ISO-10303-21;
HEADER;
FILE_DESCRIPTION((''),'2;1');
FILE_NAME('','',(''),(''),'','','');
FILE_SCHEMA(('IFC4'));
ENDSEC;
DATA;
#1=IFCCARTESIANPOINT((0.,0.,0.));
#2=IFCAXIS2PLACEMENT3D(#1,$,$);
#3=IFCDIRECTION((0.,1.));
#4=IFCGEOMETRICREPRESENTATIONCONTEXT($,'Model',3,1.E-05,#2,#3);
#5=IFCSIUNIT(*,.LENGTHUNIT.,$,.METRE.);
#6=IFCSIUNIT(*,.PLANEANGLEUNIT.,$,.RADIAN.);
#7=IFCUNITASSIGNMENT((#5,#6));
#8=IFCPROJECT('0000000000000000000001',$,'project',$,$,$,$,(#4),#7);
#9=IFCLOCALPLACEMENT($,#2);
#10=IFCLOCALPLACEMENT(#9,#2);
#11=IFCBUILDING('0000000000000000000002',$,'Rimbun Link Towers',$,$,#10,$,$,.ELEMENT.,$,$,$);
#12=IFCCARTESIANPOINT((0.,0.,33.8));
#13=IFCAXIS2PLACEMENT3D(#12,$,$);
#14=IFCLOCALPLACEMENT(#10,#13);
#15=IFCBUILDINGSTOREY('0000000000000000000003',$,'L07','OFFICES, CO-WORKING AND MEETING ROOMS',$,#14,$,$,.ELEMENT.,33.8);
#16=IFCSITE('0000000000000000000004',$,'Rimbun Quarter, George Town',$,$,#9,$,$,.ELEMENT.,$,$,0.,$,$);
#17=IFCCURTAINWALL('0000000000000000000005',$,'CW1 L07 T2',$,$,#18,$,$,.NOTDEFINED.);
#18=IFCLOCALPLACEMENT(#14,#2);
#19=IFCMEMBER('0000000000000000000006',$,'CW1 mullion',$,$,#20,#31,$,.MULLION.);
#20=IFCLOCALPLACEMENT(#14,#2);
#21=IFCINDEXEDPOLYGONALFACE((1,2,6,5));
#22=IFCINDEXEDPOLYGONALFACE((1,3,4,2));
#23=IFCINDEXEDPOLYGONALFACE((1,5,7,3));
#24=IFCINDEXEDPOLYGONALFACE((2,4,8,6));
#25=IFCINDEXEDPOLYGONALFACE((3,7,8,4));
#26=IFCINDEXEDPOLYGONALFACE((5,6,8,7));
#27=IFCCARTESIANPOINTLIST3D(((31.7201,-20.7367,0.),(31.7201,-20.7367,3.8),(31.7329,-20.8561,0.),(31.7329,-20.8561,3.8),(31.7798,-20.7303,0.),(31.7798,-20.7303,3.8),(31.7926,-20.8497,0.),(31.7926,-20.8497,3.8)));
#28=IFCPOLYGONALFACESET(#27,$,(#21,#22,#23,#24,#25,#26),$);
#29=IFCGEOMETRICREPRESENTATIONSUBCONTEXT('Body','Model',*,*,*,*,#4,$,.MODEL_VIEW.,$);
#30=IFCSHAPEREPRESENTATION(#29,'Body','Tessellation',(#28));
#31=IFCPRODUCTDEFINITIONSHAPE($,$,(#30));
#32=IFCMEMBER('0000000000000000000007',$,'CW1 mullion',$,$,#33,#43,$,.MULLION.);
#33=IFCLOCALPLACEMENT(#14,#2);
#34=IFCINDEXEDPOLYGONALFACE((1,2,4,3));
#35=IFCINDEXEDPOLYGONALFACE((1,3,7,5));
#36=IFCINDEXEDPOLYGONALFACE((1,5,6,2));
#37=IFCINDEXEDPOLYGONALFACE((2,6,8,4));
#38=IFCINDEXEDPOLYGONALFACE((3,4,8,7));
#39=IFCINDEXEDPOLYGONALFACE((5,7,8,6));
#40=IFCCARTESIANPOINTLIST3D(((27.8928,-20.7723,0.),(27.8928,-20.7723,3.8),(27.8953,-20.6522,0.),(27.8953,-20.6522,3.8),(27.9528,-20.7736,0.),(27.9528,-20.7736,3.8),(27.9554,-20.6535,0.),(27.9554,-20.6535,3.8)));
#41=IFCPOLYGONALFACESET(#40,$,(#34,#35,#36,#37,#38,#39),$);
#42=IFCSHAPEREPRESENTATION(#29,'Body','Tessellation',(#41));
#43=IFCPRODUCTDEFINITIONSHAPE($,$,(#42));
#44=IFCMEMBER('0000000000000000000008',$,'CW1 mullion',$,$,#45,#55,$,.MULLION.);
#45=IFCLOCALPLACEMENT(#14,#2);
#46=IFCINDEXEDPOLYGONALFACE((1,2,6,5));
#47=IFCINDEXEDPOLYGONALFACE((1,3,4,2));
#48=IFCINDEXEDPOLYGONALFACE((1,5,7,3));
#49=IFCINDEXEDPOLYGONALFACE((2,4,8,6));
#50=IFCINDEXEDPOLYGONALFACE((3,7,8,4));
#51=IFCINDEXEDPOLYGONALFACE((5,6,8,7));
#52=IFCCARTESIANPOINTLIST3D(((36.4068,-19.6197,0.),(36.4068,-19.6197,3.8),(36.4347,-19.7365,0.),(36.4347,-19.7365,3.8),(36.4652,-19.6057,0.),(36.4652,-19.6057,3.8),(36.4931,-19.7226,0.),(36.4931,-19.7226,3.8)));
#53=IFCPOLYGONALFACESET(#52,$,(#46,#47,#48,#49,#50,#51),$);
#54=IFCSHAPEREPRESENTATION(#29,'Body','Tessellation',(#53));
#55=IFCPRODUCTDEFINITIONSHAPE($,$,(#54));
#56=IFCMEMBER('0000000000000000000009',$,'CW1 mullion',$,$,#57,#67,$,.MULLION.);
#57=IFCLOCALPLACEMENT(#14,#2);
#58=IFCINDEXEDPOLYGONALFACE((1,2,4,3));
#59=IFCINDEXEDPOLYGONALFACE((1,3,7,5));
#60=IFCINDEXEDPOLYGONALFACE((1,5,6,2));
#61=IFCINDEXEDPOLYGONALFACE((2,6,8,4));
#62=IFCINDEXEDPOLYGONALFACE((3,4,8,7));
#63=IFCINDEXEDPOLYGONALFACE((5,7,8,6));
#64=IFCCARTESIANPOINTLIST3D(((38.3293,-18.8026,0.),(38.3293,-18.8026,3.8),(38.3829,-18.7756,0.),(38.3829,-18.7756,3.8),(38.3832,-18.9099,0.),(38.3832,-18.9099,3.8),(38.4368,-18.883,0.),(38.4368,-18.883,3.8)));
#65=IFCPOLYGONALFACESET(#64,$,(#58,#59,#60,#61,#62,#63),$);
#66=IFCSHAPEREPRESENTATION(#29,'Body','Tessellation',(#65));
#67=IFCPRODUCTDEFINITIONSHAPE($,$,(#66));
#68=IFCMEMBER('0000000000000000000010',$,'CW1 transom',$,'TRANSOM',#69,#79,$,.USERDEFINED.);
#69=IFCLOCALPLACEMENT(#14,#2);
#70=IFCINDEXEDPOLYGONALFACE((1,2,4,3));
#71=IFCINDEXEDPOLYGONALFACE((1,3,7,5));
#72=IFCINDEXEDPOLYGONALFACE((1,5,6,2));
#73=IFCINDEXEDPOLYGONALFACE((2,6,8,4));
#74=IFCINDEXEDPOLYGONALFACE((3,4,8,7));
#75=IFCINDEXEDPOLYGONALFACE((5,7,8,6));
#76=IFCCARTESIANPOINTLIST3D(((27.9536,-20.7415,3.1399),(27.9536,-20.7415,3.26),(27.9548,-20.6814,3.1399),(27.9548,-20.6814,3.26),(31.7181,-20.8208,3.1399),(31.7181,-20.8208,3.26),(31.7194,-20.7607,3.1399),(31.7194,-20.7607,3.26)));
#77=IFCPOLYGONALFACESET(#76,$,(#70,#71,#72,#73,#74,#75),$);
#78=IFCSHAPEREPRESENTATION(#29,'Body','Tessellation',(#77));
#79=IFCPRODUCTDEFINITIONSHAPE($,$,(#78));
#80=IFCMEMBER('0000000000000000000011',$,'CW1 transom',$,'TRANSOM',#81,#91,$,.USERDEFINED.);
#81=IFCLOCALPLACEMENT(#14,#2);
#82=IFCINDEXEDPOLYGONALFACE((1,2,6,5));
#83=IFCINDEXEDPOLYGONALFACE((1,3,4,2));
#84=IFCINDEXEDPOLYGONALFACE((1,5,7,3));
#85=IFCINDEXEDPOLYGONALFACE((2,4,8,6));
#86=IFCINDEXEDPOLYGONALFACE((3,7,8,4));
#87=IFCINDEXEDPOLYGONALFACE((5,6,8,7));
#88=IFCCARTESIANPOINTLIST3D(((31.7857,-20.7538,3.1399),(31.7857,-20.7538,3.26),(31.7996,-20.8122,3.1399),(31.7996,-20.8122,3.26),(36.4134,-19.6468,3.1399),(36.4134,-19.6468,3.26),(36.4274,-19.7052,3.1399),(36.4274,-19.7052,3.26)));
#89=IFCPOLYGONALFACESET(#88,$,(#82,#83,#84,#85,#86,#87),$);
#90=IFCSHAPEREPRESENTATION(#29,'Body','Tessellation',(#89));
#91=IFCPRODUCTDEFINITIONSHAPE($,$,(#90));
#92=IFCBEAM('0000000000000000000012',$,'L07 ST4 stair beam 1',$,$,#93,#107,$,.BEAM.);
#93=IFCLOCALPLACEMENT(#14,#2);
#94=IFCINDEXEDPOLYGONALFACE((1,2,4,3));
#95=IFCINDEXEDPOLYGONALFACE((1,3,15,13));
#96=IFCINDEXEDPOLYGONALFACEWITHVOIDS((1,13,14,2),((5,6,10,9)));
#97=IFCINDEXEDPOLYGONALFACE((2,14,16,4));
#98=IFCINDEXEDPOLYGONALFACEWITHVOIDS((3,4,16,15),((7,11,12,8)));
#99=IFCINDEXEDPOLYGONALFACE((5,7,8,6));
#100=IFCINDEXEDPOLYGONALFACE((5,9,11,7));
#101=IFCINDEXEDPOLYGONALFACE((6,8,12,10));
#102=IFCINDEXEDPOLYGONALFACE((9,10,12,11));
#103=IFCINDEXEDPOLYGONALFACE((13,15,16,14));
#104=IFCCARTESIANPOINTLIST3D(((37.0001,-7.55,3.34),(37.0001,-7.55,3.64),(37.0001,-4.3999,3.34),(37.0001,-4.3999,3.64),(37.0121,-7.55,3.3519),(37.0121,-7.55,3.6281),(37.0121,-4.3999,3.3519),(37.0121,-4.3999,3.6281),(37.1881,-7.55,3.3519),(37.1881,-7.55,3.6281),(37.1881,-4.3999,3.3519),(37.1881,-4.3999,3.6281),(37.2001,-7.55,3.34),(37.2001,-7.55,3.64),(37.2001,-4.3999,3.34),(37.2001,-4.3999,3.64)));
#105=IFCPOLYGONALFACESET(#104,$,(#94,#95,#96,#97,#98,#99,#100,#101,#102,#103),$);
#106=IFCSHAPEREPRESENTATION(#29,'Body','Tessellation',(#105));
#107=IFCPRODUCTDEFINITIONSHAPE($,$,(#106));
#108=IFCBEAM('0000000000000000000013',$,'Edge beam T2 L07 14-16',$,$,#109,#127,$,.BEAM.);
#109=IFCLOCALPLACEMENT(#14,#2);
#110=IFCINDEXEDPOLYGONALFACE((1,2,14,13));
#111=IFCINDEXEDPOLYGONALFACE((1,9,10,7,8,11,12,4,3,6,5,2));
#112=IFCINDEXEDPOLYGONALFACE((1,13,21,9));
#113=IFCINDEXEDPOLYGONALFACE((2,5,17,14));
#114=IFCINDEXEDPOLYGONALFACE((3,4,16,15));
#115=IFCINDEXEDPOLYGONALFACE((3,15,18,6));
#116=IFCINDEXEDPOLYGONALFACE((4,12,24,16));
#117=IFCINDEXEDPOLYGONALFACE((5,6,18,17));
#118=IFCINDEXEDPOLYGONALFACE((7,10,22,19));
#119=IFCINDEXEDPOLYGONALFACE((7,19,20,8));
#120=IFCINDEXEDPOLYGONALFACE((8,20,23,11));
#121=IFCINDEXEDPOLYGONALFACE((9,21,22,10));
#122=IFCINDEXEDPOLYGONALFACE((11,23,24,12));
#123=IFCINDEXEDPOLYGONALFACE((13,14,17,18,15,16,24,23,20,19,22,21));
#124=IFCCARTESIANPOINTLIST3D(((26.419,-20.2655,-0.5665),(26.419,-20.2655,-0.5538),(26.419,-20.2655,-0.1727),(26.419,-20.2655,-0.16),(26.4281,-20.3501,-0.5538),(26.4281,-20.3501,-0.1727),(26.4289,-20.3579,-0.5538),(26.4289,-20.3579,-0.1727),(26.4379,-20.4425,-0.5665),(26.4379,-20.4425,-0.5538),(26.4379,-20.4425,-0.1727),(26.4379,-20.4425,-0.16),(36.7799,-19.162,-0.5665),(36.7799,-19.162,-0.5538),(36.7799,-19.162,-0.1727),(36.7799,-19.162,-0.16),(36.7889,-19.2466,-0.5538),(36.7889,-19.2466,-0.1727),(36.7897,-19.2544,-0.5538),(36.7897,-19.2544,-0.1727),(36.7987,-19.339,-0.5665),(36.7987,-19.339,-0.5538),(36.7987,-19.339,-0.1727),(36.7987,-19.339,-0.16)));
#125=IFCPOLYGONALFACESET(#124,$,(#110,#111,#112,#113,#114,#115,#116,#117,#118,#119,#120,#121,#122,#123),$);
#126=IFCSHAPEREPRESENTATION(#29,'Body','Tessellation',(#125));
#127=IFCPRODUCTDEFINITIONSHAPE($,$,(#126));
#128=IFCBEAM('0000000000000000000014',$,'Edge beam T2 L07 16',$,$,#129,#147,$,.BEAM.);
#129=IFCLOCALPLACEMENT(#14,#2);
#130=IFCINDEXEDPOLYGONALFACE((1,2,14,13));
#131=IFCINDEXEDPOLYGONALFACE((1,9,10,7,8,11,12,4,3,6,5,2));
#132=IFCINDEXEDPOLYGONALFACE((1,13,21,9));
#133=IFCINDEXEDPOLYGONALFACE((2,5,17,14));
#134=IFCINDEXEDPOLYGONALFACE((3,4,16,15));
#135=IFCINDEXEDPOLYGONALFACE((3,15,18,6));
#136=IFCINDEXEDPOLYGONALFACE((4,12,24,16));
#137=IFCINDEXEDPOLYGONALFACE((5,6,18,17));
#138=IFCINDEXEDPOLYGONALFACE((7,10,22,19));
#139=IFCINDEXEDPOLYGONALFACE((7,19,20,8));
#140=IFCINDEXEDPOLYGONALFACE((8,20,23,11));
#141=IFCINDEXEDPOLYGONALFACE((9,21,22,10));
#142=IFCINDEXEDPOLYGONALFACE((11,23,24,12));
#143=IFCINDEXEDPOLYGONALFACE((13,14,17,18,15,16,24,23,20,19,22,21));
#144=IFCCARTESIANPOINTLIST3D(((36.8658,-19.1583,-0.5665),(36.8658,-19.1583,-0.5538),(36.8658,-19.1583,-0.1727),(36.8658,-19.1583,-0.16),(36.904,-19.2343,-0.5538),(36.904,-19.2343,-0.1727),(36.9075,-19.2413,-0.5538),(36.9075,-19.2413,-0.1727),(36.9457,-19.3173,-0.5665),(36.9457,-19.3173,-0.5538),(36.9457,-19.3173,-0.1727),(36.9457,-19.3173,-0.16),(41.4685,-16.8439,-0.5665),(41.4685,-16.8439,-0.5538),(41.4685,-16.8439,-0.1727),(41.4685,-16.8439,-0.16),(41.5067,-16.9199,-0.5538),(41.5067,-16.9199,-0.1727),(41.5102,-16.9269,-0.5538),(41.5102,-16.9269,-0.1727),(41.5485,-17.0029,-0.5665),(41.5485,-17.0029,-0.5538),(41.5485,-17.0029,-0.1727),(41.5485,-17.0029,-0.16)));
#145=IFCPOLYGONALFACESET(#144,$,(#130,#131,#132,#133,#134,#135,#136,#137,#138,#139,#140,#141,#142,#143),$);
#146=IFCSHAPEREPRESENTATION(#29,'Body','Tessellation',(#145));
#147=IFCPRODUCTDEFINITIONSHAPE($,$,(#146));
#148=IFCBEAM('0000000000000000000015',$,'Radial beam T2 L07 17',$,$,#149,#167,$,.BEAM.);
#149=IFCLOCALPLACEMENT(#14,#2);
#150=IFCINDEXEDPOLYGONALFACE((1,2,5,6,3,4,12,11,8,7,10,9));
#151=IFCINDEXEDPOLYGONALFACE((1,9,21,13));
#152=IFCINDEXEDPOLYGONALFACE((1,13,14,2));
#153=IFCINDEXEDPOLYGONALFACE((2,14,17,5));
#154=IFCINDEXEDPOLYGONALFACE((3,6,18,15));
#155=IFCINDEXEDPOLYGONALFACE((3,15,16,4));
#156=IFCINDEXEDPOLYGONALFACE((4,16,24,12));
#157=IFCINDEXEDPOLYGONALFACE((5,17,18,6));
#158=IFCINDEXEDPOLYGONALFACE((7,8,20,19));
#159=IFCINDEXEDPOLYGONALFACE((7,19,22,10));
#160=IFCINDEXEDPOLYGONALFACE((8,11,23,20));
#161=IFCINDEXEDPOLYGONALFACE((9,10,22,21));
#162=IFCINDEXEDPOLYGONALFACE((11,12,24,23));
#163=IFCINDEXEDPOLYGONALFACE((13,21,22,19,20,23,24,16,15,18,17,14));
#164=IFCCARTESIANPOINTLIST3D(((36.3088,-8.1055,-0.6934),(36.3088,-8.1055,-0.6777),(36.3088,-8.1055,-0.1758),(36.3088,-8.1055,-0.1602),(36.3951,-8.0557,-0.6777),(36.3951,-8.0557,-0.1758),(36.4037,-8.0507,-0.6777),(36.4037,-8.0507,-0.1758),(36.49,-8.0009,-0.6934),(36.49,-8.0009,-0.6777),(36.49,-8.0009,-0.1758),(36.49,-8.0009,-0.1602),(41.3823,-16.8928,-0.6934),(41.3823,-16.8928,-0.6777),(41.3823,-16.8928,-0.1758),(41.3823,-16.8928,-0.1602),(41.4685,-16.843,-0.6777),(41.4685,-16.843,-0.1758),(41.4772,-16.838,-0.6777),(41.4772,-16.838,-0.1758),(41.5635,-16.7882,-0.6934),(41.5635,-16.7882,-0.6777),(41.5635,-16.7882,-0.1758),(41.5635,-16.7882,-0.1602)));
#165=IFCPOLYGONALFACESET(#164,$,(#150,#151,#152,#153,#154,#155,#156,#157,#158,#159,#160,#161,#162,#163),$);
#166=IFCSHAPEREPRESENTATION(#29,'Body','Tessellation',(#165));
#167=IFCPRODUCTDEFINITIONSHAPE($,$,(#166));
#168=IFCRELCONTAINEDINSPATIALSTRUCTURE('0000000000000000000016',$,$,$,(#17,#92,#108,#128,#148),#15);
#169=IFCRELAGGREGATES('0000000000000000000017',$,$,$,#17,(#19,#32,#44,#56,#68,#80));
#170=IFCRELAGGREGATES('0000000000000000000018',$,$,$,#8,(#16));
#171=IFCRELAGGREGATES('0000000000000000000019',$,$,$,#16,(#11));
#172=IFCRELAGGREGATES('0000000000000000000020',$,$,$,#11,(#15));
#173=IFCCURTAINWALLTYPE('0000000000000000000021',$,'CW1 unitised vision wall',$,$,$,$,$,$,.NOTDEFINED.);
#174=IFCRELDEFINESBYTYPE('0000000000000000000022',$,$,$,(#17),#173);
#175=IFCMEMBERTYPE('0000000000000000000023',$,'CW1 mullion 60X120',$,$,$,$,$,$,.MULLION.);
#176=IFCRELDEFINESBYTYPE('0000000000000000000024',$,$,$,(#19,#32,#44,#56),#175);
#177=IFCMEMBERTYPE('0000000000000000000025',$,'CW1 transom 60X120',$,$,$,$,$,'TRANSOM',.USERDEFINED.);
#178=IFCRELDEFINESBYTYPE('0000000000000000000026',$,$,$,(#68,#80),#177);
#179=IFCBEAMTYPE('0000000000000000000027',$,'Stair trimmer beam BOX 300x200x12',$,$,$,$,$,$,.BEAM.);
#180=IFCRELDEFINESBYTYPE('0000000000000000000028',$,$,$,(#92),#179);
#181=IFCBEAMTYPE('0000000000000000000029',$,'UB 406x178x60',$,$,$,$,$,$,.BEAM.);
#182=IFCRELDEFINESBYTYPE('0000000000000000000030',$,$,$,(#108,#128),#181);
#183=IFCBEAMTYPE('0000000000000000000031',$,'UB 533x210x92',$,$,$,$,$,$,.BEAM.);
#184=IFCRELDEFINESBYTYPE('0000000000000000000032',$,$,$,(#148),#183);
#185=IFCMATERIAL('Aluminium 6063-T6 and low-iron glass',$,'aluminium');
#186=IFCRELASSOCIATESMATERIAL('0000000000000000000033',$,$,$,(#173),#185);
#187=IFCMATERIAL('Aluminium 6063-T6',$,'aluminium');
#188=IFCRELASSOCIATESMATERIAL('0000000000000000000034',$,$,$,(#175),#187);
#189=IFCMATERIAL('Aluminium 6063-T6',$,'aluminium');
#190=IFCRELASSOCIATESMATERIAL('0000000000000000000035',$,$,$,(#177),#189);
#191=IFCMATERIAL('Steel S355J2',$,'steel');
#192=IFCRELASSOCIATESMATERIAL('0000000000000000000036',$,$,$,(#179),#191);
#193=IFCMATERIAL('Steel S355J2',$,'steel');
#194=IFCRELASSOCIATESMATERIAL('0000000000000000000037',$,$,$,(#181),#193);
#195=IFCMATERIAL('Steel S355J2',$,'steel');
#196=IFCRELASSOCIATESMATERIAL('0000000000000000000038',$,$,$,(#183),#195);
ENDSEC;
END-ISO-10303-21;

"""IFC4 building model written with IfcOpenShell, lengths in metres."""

from ifc_helpers import new_model, si_unit, direction, frame, origin, origin_2d, place, context, subcontext, project, spatial, rectangle, hollow_rectangle, i_section, extrude, material, material_profile, profile_set, type_object, element, aggregate, save


model = new_model("IFC4")

# Units and contexts
model_context = context("Model", 3, precision=1e-05, world=origin(), true_north=direction((0.0, 1.0)))
body_context = subcontext(model_context, "Body", "Model", "MODEL_VIEW")
ifc_project = project(units=[si_unit("LENGTHUNIT", "METRE"), si_unit("PLANEANGLEUNIT", "RADIAN")], contexts=[model_context])

# Site, building, storey
site_placement = place(None, origin())
site = spatial("IfcSite", under=ifc_project, at=site_placement, Name="Rimbun Quarter, George Town", CompositionType="ELEMENT", RefElevation=0.0)
building_placement = place(site_placement, origin())
building = spatial("IfcBuilding", under=site, at=building_placement, Name="Rimbun Link Towers", CompositionType="ELEMENT")
storey_placement = place(building_placement, frame((0.0, 0.0, 33.8)))
storey = spatial("IfcBuildingStorey", under=building, at=storey_placement, Name="L07", Description="OFFICES, CO-WORKING AND MEETING ROOMS", CompositionType="ELEMENT", Elevation=33.8)

# Curtain wall, members
ifc_material_1 = material(Name="Aluminium 6063-T6 and low-iron glass", Category="aluminium")
curtain_wall_type = type_object("IfcCurtainWallType", Name="CW1 unitised vision wall", PredefinedType="NOTDEFINED", material=ifc_material_1)
curtain_wall_placement = place(storey_placement, origin())
curtain_wall = element("IfcCurtainWall", 1, at=curtain_wall_placement, inside=storey, type_object=curtain_wall_type, Name="CW1 L07 T2", PredefinedType="NOTDEFINED")
ifc_material_2 = material(Name="Aluminium 6063-T6", Category="aluminium")
ifc_material_profile_1 = material_profile(ifc_material_2, rectangle(XDim=0.1201, YDim=0.0601, at=origin_2d()), Name="MULLION 60X120")
ifc_profile_set_1 = profile_set([ifc_material_profile_1], Name="Aluminium 6063-T6")
member_type_1 = type_object("IfcMemberType", Name="CW1 mullion 60X120", PredefinedType="MULLION", material=ifc_profile_set_1)
member_1_placement = place(storey_placement, frame((31.7563, -20.7932, 0.0), z_axis=(0.0, 0.0, 1.0), x_axis=(0.106645, -0.994297, 0.0)))
member_1 = element("IfcMember", 2, at=member_1_placement, type_object=member_type_1, Name="CW1 mullion", PredefinedType="MULLION", context=body_context, shape_type="SweptSolid", body=[
    extrude(rectangle(XDim=0.1201, YDim=0.0601, at=origin_2d()), origin(), (0.0, 0.0, 1.0), 3.8),
])
member_2_placement = place(storey_placement, frame((27.9241, -20.7129, 0.0), z_axis=(0.0, 0.0, 1.0), x_axis=(-0.021066, -0.999778, 0.0)))
member_2 = element("IfcMember", 3, at=member_2_placement, type_object=member_type_1, Name="CW1 mullion", PredefinedType="MULLION", context=body_context, shape_type="SweptSolid", body=[
    extrude(rectangle(XDim=0.1201, YDim=0.0601, at=origin_2d()), origin(), (0.0, 0.0, 1.0), 3.8),
])
member_3_placement = place(storey_placement, frame((36.45, -19.6711, 0.0), z_axis=(0.0, 0.0, 1.0), x_axis=(0.232613, -0.972569, 0.0)))
member_3 = element("IfcMember", 4, at=member_3_placement, type_object=member_type_1, Name="CW1 mullion", PredefinedType="MULLION", context=body_context, shape_type="SweptSolid", body=[
    extrude(rectangle(XDim=0.1201, YDim=0.0601, at=origin_2d()), origin(), (0.0, 0.0, 1.0), 3.8),
])
member_4_placement = place(storey_placement, frame((38.3831, -18.8428, 0.0), z_axis=(0.0, 0.0, 1.0), x_axis=(0.448773, -0.893646, 0.0)))
member_4 = element("IfcMember", 5, at=member_4_placement, type_object=member_type_1, Name="CW1 mullion", PredefinedType="MULLION", context=body_context, shape_type="SweptSolid", body=[
    extrude(rectangle(XDim=0.1201, YDim=0.0601, at=origin_2d()), origin(), (0.0, 0.0, 1.0), 3.8),
])
ifc_material_3 = material(Name="Aluminium 6063-T6", Category="aluminium")
ifc_material_profile_2 = material_profile(ifc_material_3, rectangle(XDim=0.0601, YDim=0.1201, at=origin_2d()), Name="TRANSOM 60X120")
ifc_profile_set_2 = profile_set([ifc_material_profile_2], Name="Aluminium 6063-T6")
member_type_2 = type_object("IfcMemberType", Name="CW1 transom 60X120", ElementType="TRANSOM", PredefinedType="USERDEFINED", material=ifc_profile_set_2)
member_5_placement = place(storey_placement, frame((31.7188, -20.7908, 3.2), z_axis=(-0.999778, 0.021072, 0.0), x_axis=(-0.021072, -0.999778, 0.0)))
member_5 = element("IfcMember", 6, at=member_5_placement, type_object=member_type_2, Name="CW1 transom", ObjectType="TRANSOM", PredefinedType="USERDEFINED", context=body_context, shape_type="SweptSolid", body=[
    extrude(rectangle(XDim=0.0601, YDim=0.1201, at=origin_2d()), origin(), (0.0, 0.0, 1.0), 3.7654),
])
member_6_placement = place(storey_placement, frame((36.4204, -19.676, 3.2), z_axis=(-0.972564, -0.232635, 0.0), x_axis=(0.232635, -0.972564, 0.0)))
member_6 = element("IfcMember", 7, at=member_6_placement, type_object=member_type_2, Name="CW1 transom", ObjectType="TRANSOM", PredefinedType="USERDEFINED", context=body_context, shape_type="SweptSolid", body=[
    extrude(rectangle(XDim=0.0601, YDim=0.1201, at=origin_2d()), origin(), (0.0, 0.0, 1.0), 4.7583),
])

# Beams
ifc_material_4 = material(Name="Steel S355J2", Category="steel")
ifc_material_profile_3 = material_profile(ifc_material_4, hollow_rectangle(XDim=0.2, YDim=0.3, WallThickness=0.012, at=origin_2d()), Name="BOX 300x200x12")
ifc_profile_set_3 = profile_set([ifc_material_profile_3], Name="Steel S355J2")
beam_type_1 = type_object("IfcBeamType", Name="Stair trimmer beam BOX 300x200x12", PredefinedType="BEAM", material=ifc_profile_set_3)
beam_1_placement = place(storey_placement, frame((37.1001, -7.55, 3.49), z_axis=(0.0, 1.0, 0.0), x_axis=(-1.0, 0.0, 0.0)))
element("IfcBeam", 8, at=beam_1_placement, inside=storey, type_object=beam_type_1, Name="L07 ST4 stair beam 1", PredefinedType="BEAM", context=body_context, shape_type="SweptSolid", body=[
    extrude(hollow_rectangle(XDim=0.2, YDim=0.3, WallThickness=0.012, at=origin_2d()), origin(), (0.0, 0.0, 1.0), 3.1501),
])
ifc_material_5 = material(Name="Steel S355J2", Category="steel")
ifc_material_profile_4 = material_profile(ifc_material_5, i_section(OverallWidth=0.178, OverallDepth=0.4065, WebThickness=0.0078, FlangeThickness=0.0127, at=origin_2d()), Name="UB 406x178x60")
ifc_profile_set_4 = profile_set([ifc_material_profile_4], Name="Steel S355J2")
beam_type_2 = type_object("IfcBeamType", Name="UB 406x178x60", PredefinedType="BEAM", material=ifc_profile_set_4)
beam_2_placement = place(storey_placement, frame((26.4285, -20.354, -0.3633), z_axis=(0.994376, 0.105909, 0.0), x_axis=(-0.105909, 0.994376, 0.0)))
element("IfcBeam", 9, at=beam_2_placement, inside=storey, type_object=beam_type_2, Name="Edge beam T2 L07 14-16", PredefinedType="BEAM", context=body_context, shape_type="SweptSolid", body=[
    extrude(i_section(OverallWidth=0.178, OverallDepth=0.4065, WebThickness=0.0078, FlangeThickness=0.0127, at=origin_2d()), origin(), (0.0, 0.0, 1.0), 10.4194),
])
beam_3_placement = place(storey_placement, frame((36.9058, -19.2378, -0.3633), z_axis=(0.893411, 0.449241, 0.0), x_axis=(-0.449241, 0.893411, 0.0)))
element("IfcBeam", 10, at=beam_3_placement, inside=storey, type_object=beam_type_2, Name="Edge beam T2 L07 16", PredefinedType="BEAM", context=body_context, shape_type="SweptSolid", body=[
    extrude(i_section(OverallWidth=0.178, OverallDepth=0.4065, WebThickness=0.0078, FlangeThickness=0.0127, at=origin_2d()), origin(), (0.0, 0.0, 1.0), 5.1519),
])
ifc_material_6 = material(Name="Steel S355J2", Category="steel")
ifc_material_profile_5 = material_profile(ifc_material_6, i_section(OverallWidth=0.2092, OverallDepth=0.5332, WebThickness=0.01, FlangeThickness=0.0156, at=origin_2d()), Name="UB 533x210x92")
ifc_profile_set_5 = profile_set([ifc_material_profile_5], Name="Steel S355J2")
beam_type_3 = type_object("IfcBeamType", Name="UB 533x210x92", PredefinedType="BEAM", material=ifc_profile_set_5)
beam_4_placement = place(storey_placement, frame((36.3994, -8.0532, -0.4268), z_axis=(0.500008, -0.866021, 0.0), x_axis=(0.866021, 0.500008, 0.0)))
element("IfcBeam", 11, at=beam_4_placement, inside=storey, type_object=beam_type_3, Name="Radial beam T2 L07 17", PredefinedType="BEAM", context=body_context, shape_type="SweptSolid", body=[
    extrude(i_section(OverallWidth=0.2092, OverallDepth=0.5332, WebThickness=0.01, FlangeThickness=0.0156, at=origin_2d()), origin(), (0.0, 0.0, 1.0), 10.1467),
])

aggregate(curtain_wall, [member_1, member_2, member_3, member_4, member_5, member_6])

save(model, "model.ifc")
